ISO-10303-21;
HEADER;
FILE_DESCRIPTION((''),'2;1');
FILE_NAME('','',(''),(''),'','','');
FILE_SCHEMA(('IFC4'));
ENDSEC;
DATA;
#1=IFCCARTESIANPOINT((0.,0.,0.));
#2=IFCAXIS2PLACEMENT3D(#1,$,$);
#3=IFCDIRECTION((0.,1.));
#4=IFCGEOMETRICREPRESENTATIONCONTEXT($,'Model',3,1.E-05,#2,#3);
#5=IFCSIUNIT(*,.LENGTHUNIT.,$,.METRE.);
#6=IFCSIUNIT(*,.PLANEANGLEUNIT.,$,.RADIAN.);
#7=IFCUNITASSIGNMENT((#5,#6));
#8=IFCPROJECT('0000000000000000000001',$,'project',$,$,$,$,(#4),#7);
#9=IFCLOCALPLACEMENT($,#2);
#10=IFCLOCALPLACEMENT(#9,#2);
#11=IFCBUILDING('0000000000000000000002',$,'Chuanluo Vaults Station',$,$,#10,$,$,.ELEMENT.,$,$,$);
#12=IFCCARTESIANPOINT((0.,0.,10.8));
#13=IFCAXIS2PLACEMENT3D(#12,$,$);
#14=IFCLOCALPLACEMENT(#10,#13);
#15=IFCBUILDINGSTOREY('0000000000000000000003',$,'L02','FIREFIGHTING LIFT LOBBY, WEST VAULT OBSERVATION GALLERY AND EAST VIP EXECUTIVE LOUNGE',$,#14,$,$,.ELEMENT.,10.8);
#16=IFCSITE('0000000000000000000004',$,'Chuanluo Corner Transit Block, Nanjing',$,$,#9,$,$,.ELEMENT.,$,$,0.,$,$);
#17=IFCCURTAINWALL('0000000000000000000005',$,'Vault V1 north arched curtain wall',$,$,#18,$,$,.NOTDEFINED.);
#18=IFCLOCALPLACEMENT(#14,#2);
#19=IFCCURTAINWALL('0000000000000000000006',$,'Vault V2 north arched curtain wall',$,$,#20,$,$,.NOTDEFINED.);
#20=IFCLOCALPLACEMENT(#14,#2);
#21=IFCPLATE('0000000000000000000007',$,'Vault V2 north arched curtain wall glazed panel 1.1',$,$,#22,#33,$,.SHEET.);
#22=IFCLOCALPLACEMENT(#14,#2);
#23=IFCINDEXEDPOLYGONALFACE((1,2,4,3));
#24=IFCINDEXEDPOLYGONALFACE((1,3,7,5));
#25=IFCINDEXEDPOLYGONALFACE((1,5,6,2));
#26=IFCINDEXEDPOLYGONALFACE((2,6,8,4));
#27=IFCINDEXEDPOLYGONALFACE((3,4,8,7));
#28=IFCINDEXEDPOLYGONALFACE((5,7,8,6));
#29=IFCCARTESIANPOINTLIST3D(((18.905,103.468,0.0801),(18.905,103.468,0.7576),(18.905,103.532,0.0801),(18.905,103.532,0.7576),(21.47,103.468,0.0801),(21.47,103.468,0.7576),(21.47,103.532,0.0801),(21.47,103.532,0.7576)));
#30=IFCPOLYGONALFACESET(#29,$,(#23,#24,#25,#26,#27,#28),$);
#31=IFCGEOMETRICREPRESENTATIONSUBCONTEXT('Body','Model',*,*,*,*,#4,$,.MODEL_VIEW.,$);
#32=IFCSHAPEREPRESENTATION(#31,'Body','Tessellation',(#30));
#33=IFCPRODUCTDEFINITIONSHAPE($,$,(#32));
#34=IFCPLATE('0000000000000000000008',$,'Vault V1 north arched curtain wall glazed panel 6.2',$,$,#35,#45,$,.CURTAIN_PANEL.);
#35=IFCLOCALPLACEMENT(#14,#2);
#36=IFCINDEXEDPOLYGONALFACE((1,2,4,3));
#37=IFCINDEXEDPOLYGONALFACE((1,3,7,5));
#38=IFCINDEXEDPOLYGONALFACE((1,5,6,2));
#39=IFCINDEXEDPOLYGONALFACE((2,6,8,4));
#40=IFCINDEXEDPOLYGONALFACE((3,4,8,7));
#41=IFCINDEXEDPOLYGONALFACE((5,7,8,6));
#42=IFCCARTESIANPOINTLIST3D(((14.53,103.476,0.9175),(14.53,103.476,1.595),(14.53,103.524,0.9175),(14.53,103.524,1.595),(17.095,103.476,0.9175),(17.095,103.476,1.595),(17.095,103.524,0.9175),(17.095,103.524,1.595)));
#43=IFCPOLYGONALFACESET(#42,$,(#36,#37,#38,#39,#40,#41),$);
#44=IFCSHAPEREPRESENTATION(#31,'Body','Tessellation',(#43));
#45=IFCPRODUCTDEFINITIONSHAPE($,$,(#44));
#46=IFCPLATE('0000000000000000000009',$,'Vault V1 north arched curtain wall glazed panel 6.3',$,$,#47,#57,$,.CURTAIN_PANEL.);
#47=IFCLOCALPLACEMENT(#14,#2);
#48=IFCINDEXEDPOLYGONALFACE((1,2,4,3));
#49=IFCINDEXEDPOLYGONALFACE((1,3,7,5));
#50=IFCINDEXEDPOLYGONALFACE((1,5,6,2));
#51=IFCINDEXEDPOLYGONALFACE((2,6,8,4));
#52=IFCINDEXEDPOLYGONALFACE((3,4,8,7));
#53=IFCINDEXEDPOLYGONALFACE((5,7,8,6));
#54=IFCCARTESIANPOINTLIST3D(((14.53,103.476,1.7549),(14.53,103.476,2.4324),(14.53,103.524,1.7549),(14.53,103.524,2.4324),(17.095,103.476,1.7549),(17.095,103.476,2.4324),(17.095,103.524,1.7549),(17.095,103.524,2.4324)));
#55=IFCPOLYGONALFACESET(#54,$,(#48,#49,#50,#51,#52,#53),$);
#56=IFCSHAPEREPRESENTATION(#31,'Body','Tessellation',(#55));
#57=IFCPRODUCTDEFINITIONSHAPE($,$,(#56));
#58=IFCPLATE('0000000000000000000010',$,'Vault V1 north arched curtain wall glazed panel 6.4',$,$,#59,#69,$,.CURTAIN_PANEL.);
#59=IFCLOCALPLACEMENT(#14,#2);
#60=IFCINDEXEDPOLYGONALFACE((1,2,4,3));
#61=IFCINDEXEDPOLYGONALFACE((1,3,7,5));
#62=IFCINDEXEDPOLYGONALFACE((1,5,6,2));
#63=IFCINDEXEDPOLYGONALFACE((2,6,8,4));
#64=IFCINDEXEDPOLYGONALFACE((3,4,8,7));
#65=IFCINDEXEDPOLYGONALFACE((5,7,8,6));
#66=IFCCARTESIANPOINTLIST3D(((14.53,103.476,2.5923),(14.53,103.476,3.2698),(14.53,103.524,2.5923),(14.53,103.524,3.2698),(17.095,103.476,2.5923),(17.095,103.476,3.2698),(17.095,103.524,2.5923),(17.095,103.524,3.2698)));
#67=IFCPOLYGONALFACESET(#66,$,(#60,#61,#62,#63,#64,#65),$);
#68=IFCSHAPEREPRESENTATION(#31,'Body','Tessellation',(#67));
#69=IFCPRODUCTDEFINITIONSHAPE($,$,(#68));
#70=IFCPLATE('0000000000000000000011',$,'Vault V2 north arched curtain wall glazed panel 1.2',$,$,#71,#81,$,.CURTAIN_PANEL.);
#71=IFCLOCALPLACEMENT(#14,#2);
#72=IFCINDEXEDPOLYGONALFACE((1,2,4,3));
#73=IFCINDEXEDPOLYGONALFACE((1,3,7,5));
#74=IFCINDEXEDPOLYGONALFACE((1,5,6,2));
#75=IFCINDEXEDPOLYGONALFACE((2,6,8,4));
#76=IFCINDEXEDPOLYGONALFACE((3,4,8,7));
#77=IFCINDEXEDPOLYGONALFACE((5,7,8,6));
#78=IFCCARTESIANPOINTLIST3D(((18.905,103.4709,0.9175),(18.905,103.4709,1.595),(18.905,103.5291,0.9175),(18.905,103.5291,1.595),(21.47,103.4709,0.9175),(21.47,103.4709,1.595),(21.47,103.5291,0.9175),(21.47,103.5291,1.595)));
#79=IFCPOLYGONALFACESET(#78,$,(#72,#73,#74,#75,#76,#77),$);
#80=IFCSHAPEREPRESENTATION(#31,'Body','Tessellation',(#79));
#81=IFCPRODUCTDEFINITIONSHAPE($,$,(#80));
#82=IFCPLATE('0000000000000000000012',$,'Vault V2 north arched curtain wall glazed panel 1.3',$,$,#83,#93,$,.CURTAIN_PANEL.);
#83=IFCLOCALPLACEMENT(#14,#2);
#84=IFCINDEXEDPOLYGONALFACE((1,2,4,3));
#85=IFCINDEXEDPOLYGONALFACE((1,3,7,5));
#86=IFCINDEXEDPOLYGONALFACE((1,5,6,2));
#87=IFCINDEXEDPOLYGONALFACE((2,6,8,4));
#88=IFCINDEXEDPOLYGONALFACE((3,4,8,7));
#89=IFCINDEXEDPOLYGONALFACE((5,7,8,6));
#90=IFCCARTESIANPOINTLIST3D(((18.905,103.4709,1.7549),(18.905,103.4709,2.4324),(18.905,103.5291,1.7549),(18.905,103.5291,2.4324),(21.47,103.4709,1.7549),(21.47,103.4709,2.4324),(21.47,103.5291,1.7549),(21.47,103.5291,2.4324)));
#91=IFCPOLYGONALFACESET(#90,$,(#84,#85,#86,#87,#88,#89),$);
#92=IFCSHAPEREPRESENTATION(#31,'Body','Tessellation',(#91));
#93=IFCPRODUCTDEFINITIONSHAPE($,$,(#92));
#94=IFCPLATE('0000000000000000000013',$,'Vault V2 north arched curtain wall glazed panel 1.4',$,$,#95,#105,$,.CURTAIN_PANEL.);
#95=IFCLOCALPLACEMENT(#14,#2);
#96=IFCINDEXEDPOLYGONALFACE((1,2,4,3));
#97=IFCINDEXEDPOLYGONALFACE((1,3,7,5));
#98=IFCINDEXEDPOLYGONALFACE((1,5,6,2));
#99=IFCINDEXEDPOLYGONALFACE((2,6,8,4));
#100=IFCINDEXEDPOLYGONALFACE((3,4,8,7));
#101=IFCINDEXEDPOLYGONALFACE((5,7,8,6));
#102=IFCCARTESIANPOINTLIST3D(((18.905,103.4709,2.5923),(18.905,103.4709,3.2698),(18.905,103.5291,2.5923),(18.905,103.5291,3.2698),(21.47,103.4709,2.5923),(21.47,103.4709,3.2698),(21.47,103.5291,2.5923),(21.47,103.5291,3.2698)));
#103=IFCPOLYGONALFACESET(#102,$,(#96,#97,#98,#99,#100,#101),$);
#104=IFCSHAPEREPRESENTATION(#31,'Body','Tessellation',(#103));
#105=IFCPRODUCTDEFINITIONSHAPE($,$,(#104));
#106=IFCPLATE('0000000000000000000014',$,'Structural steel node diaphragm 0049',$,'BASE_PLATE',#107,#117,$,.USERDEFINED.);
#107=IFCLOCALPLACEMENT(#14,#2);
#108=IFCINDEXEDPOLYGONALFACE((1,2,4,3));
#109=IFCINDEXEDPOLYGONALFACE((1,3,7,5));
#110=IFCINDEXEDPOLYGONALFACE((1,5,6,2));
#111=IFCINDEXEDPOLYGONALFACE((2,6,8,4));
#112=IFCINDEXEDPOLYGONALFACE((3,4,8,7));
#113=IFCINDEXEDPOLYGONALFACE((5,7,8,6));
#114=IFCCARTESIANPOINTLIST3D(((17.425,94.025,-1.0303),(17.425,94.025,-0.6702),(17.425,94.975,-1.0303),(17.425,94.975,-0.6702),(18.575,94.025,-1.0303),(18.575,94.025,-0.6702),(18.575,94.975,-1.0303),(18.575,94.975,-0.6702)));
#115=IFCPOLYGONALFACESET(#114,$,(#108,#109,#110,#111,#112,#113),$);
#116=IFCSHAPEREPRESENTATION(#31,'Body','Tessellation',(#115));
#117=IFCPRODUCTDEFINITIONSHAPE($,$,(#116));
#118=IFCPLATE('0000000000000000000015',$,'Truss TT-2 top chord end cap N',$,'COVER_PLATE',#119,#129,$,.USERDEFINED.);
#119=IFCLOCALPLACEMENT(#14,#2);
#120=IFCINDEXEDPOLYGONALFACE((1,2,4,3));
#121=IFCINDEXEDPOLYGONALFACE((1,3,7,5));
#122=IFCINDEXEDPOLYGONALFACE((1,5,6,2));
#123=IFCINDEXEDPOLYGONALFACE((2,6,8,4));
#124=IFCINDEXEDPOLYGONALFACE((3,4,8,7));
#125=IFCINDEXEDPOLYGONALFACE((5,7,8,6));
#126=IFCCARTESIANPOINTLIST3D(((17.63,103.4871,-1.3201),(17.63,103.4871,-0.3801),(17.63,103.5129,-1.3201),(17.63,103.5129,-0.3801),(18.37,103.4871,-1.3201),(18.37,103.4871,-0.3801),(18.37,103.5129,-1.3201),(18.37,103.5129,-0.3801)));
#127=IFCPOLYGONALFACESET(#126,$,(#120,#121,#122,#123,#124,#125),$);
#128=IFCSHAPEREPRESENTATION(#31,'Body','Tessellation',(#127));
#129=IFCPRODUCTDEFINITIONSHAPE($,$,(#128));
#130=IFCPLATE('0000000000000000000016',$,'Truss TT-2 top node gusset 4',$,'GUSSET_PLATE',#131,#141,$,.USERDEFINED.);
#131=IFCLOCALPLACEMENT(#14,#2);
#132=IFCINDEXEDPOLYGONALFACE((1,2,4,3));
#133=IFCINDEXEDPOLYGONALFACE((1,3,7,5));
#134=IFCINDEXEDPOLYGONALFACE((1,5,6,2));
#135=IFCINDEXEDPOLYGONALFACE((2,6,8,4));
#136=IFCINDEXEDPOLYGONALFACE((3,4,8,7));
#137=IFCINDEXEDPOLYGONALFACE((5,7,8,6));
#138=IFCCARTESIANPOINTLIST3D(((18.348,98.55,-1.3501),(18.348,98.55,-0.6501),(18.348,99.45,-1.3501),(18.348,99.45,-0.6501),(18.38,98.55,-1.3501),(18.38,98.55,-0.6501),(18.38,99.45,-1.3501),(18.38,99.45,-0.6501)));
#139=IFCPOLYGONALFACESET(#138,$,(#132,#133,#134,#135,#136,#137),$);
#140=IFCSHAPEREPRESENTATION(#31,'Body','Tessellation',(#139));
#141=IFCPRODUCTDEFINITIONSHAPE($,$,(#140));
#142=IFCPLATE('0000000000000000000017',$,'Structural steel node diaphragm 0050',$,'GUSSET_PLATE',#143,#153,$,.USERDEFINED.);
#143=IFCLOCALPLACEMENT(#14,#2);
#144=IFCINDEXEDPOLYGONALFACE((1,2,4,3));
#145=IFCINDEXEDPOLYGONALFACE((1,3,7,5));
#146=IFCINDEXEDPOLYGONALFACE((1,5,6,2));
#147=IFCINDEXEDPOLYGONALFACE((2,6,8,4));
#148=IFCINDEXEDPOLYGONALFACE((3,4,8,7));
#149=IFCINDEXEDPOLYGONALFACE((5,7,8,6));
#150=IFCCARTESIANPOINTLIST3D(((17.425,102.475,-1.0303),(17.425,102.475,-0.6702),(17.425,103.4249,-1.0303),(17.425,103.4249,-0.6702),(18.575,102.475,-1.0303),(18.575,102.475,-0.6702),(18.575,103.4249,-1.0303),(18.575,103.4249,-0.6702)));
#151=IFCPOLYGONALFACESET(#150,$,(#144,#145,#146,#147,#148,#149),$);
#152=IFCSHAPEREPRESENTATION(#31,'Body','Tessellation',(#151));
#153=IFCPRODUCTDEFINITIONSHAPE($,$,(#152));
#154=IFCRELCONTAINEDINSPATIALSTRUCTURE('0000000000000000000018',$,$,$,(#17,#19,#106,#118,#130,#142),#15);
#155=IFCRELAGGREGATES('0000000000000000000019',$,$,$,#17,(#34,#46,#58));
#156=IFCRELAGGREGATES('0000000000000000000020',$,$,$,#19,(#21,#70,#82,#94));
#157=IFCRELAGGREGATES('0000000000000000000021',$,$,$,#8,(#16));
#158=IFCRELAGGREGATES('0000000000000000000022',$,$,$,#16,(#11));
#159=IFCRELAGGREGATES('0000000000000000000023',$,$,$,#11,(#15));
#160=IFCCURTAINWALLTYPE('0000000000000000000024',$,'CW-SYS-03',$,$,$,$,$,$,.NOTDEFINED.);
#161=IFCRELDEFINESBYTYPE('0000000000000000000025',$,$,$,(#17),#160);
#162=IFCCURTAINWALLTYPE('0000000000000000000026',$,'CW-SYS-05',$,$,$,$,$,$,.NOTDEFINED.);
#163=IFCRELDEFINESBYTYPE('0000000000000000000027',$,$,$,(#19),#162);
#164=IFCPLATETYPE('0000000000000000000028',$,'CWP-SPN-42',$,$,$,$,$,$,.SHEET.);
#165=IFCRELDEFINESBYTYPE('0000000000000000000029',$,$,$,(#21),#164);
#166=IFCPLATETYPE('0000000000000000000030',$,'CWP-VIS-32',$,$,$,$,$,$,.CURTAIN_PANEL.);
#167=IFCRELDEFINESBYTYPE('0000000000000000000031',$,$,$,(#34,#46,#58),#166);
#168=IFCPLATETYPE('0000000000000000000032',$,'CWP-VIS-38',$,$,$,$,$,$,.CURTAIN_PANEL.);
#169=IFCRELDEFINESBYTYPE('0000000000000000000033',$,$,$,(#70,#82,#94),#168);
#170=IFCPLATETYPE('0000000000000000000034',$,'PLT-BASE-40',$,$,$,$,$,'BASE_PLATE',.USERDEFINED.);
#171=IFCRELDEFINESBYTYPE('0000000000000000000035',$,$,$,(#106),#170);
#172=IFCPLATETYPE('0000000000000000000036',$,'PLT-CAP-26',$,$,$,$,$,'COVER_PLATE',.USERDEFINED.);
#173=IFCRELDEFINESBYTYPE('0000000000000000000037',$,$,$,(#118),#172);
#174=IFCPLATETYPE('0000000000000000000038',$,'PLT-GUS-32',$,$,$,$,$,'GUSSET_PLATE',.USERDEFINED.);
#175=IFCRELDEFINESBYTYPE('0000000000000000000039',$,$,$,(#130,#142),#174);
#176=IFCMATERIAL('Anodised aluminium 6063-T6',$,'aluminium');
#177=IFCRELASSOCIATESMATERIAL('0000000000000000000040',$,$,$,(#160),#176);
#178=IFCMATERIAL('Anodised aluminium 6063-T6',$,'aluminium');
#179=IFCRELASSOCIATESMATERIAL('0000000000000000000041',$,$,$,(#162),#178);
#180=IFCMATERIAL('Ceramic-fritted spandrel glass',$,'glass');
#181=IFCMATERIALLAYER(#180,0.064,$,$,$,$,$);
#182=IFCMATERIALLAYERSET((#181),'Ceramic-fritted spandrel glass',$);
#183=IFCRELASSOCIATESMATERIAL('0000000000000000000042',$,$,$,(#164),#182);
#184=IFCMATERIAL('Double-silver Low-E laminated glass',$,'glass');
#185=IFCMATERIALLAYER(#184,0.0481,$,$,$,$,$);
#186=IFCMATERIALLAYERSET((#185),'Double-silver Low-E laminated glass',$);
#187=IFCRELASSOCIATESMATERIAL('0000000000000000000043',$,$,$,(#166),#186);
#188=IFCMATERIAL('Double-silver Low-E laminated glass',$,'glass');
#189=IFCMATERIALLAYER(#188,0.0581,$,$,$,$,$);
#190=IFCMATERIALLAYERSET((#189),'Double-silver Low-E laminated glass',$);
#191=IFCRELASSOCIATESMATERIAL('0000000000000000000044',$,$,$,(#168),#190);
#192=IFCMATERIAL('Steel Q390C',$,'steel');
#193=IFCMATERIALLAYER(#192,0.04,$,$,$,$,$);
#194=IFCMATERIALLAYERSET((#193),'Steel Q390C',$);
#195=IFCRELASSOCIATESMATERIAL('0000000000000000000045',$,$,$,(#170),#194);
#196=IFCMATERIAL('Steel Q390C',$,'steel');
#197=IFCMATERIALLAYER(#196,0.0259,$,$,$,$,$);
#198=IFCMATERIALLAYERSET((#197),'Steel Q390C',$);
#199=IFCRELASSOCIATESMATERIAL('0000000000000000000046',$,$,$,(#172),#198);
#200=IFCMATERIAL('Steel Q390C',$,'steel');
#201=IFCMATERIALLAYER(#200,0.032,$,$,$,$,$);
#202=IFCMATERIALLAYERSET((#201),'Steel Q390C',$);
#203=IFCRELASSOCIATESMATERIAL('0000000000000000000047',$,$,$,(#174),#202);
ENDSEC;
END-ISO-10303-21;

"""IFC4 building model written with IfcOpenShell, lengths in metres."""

from ifc_helpers import new_model, si_unit, direction, frame, origin, origin_2d, place, context, subcontext, project, spatial, rectangle, extrude, material, layer, layer_set, type_object, element, aggregate, save


model = new_model("IFC4")

# Units and contexts
model_context = context("Model", 3, precision=1e-05, world=origin(), true_north=direction((0.0, 1.0)))
body_context = subcontext(model_context, "Body", "Model", "MODEL_VIEW")
ifc_project = project(units=[si_unit("LENGTHUNIT", "METRE"), si_unit("PLANEANGLEUNIT", "RADIAN")], contexts=[model_context])

# Site, building, storey
site_placement = place(None, origin())
site = spatial("IfcSite", under=ifc_project, at=site_placement, Name="Chuanluo Corner Transit Block, Nanjing", CompositionType="ELEMENT", RefElevation=0.0)
building_placement = place(site_placement, origin())
building = spatial("IfcBuilding", under=site, at=building_placement, Name="Chuanluo Vaults Station", CompositionType="ELEMENT")
storey_placement = place(building_placement, frame((0.0, 0.0, 10.8)))
storey = spatial("IfcBuildingStorey", under=building, at=storey_placement, Name="L02", Description="FIREFIGHTING LIFT LOBBY, WEST VAULT OBSERVATION GALLERY AND EAST VIP EXECUTIVE LOUNGE", CompositionType="ELEMENT", Elevation=10.8)

# Curtain wall
ifc_material_1 = material(Name="Anodised aluminium 6063-T6", Category="aluminium")
curtain_wall_type_1 = type_object("IfcCurtainWallType", Name="CW-SYS-03", PredefinedType="NOTDEFINED", material=ifc_material_1)
curtain_wall_1_placement = place(storey_placement, origin())
curtain_wall_1 = element("IfcCurtainWall", 1, at=curtain_wall_1_placement, inside=storey, type_object=curtain_wall_type_1, Name="Vault V1 north arched curtain wall", PredefinedType="NOTDEFINED")

# Curtain wall, plate
ifc_material_2 = material(Name="Anodised aluminium 6063-T6", Category="aluminium")
curtain_wall_type_2 = type_object("IfcCurtainWallType", Name="CW-SYS-05", PredefinedType="NOTDEFINED", material=ifc_material_2)
curtain_wall_2_placement = place(storey_placement, origin())
curtain_wall_2 = element("IfcCurtainWall", 2, at=curtain_wall_2_placement, inside=storey, type_object=curtain_wall_type_2, Name="Vault V2 north arched curtain wall", PredefinedType="NOTDEFINED")
ifc_material_3 = material(Name="Ceramic-fritted spandrel glass", Category="glass")
ifc_layer_1 = layer(ifc_material_3, 0.064)
ifc_layer_set_1 = layer_set([ifc_layer_1], Name="Ceramic-fritted spandrel glass")
plate_type_1 = type_object("IfcPlateType", Name="CWP-SPN-42", PredefinedType="SHEET", material=ifc_layer_set_1)
plate_1_placement = place(storey_placement, frame((20.1875, 103.5, 0.0801), z_axis=(0.0, 0.0, 1.0), x_axis=(1.0, 0.0, 0.0)))
plate_1 = element("IfcPlate", 3, at=plate_1_placement, type_object=plate_type_1, Name="Vault V2 north arched curtain wall glazed panel 1.1", PredefinedType="SHEET", context=body_context, shape_type="SweptSolid", body=[
    extrude(rectangle(XDim=2.5649, YDim=0.064, at=origin_2d()), origin(), (0.0, 0.0, 1.0), 0.6775),
])

# Plates
ifc_material_4 = material(Name="Double-silver Low-E laminated glass", Category="glass")
ifc_layer_2 = layer(ifc_material_4, 0.0481)
ifc_layer_set_2 = layer_set([ifc_layer_2], Name="Double-silver Low-E laminated glass")
plate_type_2 = type_object("IfcPlateType", Name="CWP-VIS-32", PredefinedType="CURTAIN_PANEL", material=ifc_layer_set_2)
plate_2_placement = place(storey_placement, frame((15.8125, 103.5, 0.9175), z_axis=(0.0, 0.0, 1.0), x_axis=(1.0, 0.0, 0.0)))
plate_2 = element("IfcPlate", 4, at=plate_2_placement, type_object=plate_type_2, Name="Vault V1 north arched curtain wall glazed panel 6.2", PredefinedType="CURTAIN_PANEL", context=body_context, shape_type="SweptSolid", body=[
    extrude(rectangle(XDim=2.5649, YDim=0.0481, at=origin_2d()), origin(), (0.0, 0.0, 1.0), 0.6775),
])
plate_3_placement = place(storey_placement, frame((15.8125, 103.5, 1.7549), z_axis=(0.0, 0.0, 1.0), x_axis=(1.0, 0.0, 0.0)))
plate_3 = element("IfcPlate", 5, at=plate_3_placement, type_object=plate_type_2, Name="Vault V1 north arched curtain wall glazed panel 6.3", PredefinedType="CURTAIN_PANEL", context=body_context, shape_type="SweptSolid", body=[
    extrude(rectangle(XDim=2.5649, YDim=0.0481, at=origin_2d()), origin(), (0.0, 0.0, 1.0), 0.6775),
])
plate_4_placement = place(storey_placement, frame((15.8125, 103.5, 2.5923), z_axis=(0.0, 0.0, 1.0), x_axis=(1.0, 0.0, 0.0)))
plate_4 = element("IfcPlate", 6, at=plate_4_placement, type_object=plate_type_2, Name="Vault V1 north arched curtain wall glazed panel 6.4", PredefinedType="CURTAIN_PANEL", context=body_context, shape_type="SweptSolid", body=[
    extrude(rectangle(XDim=2.5649, YDim=0.0481, at=origin_2d()), origin(), (0.0, 0.0, 1.0), 0.6775),
])
aggregate(curtain_wall_1, [plate_2, plate_3, plate_4])
ifc_material_5 = material(Name="Double-silver Low-E laminated glass", Category="glass")
ifc_layer_3 = layer(ifc_material_5, 0.0581)
ifc_layer_set_3 = layer_set([ifc_layer_3], Name="Double-silver Low-E laminated glass")
plate_type_3 = type_object("IfcPlateType", Name="CWP-VIS-38", PredefinedType="CURTAIN_PANEL", material=ifc_layer_set_3)
plate_5_placement = place(storey_placement, frame((20.1875, 103.5, 0.9175), z_axis=(0.0, 0.0, 1.0), x_axis=(1.0, 0.0, 0.0)))
plate_5 = element("IfcPlate", 7, at=plate_5_placement, type_object=plate_type_3, Name="Vault V2 north arched curtain wall glazed panel 1.2", PredefinedType="CURTAIN_PANEL", context=body_context, shape_type="SweptSolid", body=[
    extrude(rectangle(XDim=2.5649, YDim=0.0581, at=origin_2d()), origin(), (0.0, 0.0, 1.0), 0.6775),
])
plate_6_placement = place(storey_placement, frame((20.1875, 103.5, 1.7549), z_axis=(0.0, 0.0, 1.0), x_axis=(1.0, 0.0, 0.0)))
plate_6 = element("IfcPlate", 8, at=plate_6_placement, type_object=plate_type_3, Name="Vault V2 north arched curtain wall glazed panel 1.3", PredefinedType="CURTAIN_PANEL", context=body_context, shape_type="SweptSolid", body=[
    extrude(rectangle(XDim=2.5649, YDim=0.0581, at=origin_2d()), origin(), (0.0, 0.0, 1.0), 0.6775),
])
plate_7_placement = place(storey_placement, frame((20.1875, 103.5, 2.5923), z_axis=(0.0, 0.0, 1.0), x_axis=(1.0, 0.0, 0.0)))
plate_7 = element("IfcPlate", 9, at=plate_7_placement, type_object=plate_type_3, Name="Vault V2 north arched curtain wall glazed panel 1.4", PredefinedType="CURTAIN_PANEL", context=body_context, shape_type="SweptSolid", body=[
    extrude(rectangle(XDim=2.5649, YDim=0.0581, at=origin_2d()), origin(), (0.0, 0.0, 1.0), 0.6775),
])
aggregate(curtain_wall_2, [plate_1, plate_5, plate_6, plate_7])

# Plates
ifc_material_6 = material(Name="Steel Q390C", Category="steel")
ifc_layer_4 = layer(ifc_material_6, 0.04)
ifc_layer_set_4 = layer_set([ifc_layer_4], Name="Steel Q390C")
plate_type_4 = type_object("IfcPlateType", Name="PLT-BASE-40", ElementType="BASE_PLATE", PredefinedType="USERDEFINED", material=ifc_layer_set_4)
plate_8_placement = place(storey_placement, frame((18.0, 94.5, -1.0303), z_axis=(0.0, 0.0, 1.0), x_axis=(1.0, 0.0, 0.0)))
element("IfcPlate", 10, at=plate_8_placement, inside=storey, type_object=plate_type_4, Name="Structural steel node diaphragm 0049", ObjectType="BASE_PLATE", PredefinedType="USERDEFINED", context=body_context, shape_type="SweptSolid", body=[
    extrude(rectangle(XDim=1.1499, YDim=0.95, at=origin_2d()), origin(), (0.0, 0.0, 1.0), 0.3601),
])
ifc_material_7 = material(Name="Steel Q390C", Category="steel")
ifc_layer_5 = layer(ifc_material_7, 0.0259)
ifc_layer_set_5 = layer_set([ifc_layer_5], Name="Steel Q390C")
plate_type_5 = type_object("IfcPlateType", Name="PLT-CAP-26", ElementType="COVER_PLATE", PredefinedType="USERDEFINED", material=ifc_layer_set_5)
plate_9_placement = place(storey_placement, frame((18.0, 103.5, -1.3201), z_axis=(0.0, 0.0, 1.0), x_axis=(1.0, 0.0, 0.0)))
element("IfcPlate", 11, at=plate_9_placement, inside=storey, type_object=plate_type_5, Name="Truss TT-2 top chord end cap N", ObjectType="COVER_PLATE", PredefinedType="USERDEFINED", context=body_context, shape_type="SweptSolid", body=[
    extrude(rectangle(XDim=0.74, YDim=0.0259, at=origin_2d()), origin(), (0.0, 0.0, 1.0), 0.9399),
])
ifc_material_8 = material(Name="Steel Q390C", Category="steel")
ifc_layer_6 = layer(ifc_material_8, 0.032)
ifc_layer_set_6 = layer_set([ifc_layer_6], Name="Steel Q390C")
plate_type_6 = type_object("IfcPlateType", Name="PLT-GUS-32", ElementType="GUSSET_PLATE", PredefinedType="USERDEFINED", material=ifc_layer_set_6)
plate_10_placement = place(storey_placement, frame((18.364, 99.0, -1.3501), z_axis=(0.0, 0.0, 1.0), x_axis=(1.0, 0.0, 0.0)))
element("IfcPlate", 12, at=plate_10_placement, inside=storey, type_object=plate_type_6, Name="Truss TT-2 top node gusset 4", ObjectType="GUSSET_PLATE", PredefinedType="USERDEFINED", context=body_context, shape_type="SweptSolid", body=[
    extrude(rectangle(XDim=0.032, YDim=0.8999, at=origin_2d()), origin(), (0.0, 0.0, 1.0), 0.7),
])
plate_11_placement = place(storey_placement, frame((18.0, 102.95, -1.0303), z_axis=(0.0, 0.0, 1.0), x_axis=(1.0, 0.0, 0.0)))
element("IfcPlate", 13, at=plate_11_placement, inside=storey, type_object=plate_type_6, Name="Structural steel node diaphragm 0050", ObjectType="GUSSET_PLATE", PredefinedType="USERDEFINED", context=body_context, shape_type="SweptSolid", body=[
    extrude(rectangle(XDim=1.1499, YDim=0.95, at=origin_2d()), origin(), (0.0, 0.0, 1.0), 0.3601),
])

save(model, "model.ifc")
